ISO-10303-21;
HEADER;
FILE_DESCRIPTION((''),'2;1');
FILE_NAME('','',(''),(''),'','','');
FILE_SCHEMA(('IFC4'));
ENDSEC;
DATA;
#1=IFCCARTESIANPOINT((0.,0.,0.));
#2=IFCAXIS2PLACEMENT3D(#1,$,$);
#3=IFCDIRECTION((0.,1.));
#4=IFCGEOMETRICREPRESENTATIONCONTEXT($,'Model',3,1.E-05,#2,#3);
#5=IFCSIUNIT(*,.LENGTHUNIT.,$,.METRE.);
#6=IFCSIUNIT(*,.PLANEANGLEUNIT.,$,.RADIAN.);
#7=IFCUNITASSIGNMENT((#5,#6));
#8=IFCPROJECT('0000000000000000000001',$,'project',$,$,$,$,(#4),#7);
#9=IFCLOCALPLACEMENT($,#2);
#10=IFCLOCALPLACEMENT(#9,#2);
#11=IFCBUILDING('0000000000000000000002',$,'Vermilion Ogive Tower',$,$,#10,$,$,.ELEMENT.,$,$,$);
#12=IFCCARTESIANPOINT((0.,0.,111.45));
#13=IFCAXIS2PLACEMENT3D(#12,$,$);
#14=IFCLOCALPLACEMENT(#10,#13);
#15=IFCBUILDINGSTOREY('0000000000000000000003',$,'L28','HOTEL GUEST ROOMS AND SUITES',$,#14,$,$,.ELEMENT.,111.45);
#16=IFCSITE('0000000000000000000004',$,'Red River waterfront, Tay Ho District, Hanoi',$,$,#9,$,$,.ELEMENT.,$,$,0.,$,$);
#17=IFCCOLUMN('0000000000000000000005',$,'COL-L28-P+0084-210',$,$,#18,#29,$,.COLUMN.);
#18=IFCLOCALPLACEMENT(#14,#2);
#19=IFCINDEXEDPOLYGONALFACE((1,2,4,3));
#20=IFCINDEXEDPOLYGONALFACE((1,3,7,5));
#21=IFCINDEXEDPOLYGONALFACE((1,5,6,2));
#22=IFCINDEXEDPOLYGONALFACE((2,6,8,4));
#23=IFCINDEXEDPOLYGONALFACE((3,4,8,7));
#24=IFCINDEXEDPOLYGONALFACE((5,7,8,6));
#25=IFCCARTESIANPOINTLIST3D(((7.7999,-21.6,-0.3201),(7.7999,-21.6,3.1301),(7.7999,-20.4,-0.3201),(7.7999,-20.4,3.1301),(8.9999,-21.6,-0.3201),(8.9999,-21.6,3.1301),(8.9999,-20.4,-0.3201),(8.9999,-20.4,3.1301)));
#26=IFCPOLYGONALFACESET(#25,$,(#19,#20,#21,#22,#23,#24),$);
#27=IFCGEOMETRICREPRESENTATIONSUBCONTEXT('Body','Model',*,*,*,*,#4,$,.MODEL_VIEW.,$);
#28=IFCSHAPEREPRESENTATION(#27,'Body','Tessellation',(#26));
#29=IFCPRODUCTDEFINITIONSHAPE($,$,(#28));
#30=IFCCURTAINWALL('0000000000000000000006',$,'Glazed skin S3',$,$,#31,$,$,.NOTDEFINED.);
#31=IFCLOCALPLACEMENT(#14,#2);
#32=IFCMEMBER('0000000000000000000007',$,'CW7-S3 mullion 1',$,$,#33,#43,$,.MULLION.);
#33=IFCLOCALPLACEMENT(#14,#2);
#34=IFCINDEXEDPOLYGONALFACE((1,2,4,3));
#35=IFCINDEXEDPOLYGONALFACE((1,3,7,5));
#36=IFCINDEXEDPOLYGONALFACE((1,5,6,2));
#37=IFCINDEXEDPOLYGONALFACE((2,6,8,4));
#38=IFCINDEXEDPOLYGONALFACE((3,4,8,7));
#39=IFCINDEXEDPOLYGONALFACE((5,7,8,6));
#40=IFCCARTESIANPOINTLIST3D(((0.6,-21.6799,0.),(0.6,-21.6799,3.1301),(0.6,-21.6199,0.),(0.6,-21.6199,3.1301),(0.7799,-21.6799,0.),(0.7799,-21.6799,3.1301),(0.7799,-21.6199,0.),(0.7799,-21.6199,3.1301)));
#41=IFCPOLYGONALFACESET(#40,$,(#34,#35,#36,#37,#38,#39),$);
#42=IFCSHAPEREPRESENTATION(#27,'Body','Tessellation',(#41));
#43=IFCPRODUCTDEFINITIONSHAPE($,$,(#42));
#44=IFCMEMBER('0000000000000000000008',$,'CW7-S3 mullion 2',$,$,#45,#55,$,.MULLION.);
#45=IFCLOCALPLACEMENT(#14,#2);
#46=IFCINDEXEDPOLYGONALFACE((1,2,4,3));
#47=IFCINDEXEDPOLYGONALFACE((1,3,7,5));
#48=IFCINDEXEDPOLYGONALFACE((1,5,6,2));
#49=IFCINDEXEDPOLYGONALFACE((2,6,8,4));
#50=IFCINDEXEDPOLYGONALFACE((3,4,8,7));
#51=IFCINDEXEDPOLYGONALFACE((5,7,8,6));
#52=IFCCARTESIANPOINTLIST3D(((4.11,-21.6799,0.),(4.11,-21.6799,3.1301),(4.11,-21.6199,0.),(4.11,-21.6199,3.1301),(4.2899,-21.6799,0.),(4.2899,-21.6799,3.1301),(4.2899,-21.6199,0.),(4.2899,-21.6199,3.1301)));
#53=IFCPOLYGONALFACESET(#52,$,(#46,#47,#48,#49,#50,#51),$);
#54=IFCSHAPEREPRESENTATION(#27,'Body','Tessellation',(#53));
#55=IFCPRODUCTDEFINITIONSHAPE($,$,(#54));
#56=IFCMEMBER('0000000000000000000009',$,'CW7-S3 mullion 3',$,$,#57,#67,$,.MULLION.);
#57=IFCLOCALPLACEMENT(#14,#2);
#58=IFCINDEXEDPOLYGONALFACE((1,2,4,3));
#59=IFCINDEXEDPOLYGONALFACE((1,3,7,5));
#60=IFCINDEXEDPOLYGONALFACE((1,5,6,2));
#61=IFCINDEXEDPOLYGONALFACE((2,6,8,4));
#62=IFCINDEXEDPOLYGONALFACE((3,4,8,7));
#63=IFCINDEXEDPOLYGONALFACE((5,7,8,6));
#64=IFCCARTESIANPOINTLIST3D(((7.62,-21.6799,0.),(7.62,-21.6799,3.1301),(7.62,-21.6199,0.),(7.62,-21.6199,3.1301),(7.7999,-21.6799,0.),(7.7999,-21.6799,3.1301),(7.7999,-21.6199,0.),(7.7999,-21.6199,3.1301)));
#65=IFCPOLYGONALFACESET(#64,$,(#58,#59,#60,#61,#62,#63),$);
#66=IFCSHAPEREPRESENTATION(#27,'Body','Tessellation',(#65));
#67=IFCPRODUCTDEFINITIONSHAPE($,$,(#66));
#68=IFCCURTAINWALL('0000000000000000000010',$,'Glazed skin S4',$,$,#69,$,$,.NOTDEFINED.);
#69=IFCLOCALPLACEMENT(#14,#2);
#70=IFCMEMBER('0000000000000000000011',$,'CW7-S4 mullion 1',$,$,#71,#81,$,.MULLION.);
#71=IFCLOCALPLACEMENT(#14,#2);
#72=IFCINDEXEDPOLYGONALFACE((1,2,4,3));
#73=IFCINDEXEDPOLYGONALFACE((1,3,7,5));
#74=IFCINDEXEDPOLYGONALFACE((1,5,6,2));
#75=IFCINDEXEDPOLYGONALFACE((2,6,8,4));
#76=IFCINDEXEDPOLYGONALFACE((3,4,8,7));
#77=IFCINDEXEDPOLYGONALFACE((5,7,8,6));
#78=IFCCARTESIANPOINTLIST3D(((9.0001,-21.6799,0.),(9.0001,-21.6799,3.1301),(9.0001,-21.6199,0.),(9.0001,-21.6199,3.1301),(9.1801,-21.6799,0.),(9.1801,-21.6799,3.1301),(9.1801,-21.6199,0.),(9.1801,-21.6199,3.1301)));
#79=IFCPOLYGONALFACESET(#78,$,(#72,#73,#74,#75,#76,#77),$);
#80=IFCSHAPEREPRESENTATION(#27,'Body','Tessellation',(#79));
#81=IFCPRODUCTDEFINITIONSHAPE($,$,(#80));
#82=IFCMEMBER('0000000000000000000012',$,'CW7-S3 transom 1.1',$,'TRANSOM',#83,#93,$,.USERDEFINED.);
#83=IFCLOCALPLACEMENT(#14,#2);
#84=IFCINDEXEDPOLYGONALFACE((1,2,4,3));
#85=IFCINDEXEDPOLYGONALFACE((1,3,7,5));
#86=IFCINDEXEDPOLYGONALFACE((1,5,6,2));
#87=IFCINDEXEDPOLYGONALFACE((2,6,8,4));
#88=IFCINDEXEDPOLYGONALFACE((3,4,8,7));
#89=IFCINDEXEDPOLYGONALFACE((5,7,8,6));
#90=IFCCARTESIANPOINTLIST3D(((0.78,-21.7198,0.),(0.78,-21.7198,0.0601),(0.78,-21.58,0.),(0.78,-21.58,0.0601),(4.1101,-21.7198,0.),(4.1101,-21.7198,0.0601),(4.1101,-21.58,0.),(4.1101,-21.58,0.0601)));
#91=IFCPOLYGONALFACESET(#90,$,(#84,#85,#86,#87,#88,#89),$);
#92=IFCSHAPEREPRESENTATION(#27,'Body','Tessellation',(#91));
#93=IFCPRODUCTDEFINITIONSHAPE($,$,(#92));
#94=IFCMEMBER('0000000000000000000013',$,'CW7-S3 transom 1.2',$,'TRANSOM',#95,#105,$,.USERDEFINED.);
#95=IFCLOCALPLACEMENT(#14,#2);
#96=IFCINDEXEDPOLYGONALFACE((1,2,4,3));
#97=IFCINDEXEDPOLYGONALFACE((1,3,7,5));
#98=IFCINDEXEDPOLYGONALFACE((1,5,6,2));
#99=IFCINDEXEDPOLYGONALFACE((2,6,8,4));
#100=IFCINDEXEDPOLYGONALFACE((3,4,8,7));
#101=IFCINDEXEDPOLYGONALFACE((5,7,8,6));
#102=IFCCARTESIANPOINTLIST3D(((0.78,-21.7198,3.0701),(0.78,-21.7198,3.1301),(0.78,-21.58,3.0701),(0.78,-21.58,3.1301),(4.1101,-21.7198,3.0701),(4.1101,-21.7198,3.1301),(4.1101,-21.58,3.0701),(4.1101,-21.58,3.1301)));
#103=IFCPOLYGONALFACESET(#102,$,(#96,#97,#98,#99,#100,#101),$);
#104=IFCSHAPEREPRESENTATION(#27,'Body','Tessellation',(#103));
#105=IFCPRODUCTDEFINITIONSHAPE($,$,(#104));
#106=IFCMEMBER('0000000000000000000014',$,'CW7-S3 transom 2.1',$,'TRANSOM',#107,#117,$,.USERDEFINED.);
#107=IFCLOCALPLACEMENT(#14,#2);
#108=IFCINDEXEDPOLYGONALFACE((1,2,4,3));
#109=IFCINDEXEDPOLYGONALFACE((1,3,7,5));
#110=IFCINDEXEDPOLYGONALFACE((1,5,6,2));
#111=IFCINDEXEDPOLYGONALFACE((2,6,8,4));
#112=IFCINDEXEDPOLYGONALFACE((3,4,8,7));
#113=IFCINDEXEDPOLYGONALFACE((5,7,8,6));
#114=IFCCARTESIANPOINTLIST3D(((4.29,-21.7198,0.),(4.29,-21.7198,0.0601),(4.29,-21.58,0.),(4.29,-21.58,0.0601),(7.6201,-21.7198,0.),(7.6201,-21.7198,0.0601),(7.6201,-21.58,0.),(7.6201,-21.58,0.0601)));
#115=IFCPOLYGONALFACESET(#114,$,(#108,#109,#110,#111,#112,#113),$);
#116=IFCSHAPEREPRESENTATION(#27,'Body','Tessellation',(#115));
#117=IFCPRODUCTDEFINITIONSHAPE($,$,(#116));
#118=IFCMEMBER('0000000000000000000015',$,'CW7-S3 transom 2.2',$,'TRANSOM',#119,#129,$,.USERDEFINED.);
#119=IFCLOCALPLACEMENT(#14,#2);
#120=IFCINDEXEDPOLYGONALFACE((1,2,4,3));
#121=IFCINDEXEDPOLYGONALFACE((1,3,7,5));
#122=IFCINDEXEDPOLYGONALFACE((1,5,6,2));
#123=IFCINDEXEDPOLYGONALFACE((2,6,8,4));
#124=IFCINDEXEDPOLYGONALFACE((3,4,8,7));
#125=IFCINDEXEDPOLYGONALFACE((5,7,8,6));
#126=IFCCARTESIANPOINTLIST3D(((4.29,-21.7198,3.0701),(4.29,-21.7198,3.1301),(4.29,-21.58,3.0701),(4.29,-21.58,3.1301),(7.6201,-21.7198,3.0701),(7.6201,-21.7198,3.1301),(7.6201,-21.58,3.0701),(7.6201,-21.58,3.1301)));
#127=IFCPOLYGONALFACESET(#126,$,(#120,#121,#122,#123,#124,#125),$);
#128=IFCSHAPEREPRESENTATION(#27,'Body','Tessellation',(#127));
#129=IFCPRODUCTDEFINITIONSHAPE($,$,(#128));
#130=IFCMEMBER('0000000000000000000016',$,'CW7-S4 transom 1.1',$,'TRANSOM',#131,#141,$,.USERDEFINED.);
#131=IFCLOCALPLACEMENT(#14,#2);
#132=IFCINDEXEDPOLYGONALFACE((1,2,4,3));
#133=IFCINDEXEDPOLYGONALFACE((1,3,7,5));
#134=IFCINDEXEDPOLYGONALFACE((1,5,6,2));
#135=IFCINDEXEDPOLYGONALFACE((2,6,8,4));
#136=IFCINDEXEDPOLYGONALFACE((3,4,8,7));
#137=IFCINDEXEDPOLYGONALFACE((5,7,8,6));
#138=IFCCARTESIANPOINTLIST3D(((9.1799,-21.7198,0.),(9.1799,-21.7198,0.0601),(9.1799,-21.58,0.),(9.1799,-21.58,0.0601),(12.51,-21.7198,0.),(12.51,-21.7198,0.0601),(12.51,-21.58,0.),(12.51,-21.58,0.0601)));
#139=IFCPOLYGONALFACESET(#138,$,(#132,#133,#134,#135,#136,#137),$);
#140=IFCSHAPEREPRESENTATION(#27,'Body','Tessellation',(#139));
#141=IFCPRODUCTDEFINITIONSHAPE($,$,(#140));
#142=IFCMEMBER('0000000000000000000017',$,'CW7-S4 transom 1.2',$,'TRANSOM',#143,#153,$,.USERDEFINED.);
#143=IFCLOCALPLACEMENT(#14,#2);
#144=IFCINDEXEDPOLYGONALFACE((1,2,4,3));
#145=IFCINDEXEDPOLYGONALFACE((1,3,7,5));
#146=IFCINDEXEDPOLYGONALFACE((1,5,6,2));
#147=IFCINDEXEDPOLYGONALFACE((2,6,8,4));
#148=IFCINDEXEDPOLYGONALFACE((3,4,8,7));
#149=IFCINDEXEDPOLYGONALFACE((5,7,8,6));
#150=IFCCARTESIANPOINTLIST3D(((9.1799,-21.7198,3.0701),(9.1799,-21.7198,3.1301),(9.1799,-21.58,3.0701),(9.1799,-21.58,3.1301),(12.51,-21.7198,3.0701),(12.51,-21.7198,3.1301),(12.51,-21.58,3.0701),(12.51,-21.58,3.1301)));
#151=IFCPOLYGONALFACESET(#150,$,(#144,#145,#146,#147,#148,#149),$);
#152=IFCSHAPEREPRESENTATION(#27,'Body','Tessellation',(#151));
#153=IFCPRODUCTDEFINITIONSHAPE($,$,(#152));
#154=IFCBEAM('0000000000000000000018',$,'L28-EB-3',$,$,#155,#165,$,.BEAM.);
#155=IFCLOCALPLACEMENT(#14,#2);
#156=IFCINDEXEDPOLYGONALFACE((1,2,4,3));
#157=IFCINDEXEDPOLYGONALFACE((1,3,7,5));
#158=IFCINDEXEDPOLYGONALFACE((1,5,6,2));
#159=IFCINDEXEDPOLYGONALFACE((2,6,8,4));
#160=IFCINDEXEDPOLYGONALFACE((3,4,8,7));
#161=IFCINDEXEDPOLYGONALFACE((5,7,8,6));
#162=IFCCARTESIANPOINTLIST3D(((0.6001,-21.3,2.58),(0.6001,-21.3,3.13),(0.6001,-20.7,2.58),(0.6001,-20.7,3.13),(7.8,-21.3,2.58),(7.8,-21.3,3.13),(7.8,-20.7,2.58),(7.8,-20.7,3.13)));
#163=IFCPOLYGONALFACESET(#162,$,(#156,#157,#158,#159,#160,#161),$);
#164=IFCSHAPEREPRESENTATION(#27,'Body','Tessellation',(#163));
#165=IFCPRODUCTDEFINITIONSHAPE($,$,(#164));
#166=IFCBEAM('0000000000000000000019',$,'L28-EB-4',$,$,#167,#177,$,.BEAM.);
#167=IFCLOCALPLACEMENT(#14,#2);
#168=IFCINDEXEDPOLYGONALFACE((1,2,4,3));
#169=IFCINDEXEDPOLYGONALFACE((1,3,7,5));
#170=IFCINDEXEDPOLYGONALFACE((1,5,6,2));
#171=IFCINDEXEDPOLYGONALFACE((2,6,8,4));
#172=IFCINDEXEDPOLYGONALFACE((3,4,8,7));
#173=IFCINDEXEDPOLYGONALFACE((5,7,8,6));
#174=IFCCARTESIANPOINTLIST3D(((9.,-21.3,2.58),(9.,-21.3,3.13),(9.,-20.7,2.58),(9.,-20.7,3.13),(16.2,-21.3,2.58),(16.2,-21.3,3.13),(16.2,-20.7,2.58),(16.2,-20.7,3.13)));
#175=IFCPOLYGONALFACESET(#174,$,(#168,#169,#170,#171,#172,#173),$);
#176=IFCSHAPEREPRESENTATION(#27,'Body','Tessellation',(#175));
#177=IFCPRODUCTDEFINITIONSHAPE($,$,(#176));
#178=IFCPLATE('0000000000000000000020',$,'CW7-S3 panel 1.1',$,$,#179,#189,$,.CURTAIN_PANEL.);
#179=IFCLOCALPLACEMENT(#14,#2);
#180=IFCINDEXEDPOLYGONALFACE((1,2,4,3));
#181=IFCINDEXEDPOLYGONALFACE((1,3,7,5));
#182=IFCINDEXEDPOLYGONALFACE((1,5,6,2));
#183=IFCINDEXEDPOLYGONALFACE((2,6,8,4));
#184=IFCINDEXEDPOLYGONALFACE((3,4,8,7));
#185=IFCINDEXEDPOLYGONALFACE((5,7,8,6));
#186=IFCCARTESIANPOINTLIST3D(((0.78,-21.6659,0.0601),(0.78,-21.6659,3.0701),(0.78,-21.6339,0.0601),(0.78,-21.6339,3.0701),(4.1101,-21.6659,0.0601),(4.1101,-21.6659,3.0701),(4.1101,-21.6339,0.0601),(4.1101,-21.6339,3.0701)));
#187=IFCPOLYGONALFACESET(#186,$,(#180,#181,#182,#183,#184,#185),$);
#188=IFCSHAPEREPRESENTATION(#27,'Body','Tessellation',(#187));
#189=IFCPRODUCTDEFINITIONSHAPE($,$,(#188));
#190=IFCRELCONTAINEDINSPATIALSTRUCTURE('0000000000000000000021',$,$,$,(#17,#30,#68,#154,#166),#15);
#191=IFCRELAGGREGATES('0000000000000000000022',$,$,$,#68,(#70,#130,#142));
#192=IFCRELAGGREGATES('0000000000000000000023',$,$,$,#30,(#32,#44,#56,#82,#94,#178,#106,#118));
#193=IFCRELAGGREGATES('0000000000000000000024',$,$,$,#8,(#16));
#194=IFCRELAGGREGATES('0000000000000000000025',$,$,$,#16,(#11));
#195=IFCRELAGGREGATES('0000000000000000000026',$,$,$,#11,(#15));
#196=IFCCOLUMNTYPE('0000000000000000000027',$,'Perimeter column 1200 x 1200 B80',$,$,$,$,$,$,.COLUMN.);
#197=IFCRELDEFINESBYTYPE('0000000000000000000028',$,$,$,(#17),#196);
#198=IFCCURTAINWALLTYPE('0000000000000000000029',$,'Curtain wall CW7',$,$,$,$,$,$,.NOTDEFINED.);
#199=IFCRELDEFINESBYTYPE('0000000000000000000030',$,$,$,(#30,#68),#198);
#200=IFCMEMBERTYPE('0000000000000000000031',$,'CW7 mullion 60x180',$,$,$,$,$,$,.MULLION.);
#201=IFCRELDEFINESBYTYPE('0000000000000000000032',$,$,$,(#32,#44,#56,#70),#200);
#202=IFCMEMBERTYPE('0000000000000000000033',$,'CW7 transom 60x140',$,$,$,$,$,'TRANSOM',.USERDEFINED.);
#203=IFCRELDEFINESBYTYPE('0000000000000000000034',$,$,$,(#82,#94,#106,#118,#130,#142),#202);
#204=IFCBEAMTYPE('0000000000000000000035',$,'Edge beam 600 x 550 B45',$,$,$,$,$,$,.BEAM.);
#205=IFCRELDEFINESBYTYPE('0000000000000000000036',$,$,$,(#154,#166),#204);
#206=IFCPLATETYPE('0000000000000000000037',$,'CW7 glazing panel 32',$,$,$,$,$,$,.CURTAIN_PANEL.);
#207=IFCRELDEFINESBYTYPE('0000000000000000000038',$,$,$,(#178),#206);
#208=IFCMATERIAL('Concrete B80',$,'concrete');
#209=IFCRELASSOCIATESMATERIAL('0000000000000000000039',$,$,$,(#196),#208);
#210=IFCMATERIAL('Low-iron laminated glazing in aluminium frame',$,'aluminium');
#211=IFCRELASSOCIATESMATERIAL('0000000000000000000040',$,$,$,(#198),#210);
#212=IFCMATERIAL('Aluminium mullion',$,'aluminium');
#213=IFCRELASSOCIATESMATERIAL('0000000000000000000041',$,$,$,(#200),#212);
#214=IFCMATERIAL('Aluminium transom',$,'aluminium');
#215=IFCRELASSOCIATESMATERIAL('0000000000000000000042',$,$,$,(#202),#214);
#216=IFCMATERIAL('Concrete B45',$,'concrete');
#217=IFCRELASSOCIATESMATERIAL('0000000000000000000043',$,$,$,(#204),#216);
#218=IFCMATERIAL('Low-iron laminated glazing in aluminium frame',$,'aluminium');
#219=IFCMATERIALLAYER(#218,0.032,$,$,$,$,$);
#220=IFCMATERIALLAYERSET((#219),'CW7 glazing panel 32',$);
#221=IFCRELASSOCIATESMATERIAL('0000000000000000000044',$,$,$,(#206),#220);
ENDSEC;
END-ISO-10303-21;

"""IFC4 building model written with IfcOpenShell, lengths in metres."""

from ifc_helpers import new_model, si_unit, direction, frame, origin, origin_2d, place, context, subcontext, project, spatial, rectangle, extrude, material, layer, layer_set, material_profile, profile_set, type_object, element, aggregate, save


model = new_model("IFC4")

# Units and contexts
model_context = context("Model", 3, precision=1e-05, world=origin(), true_north=direction((0.0, 1.0)))
body_context = subcontext(model_context, "Body", "Model", "MODEL_VIEW")
ifc_project = project(units=[si_unit("LENGTHUNIT", "METRE"), si_unit("PLANEANGLEUNIT", "RADIAN")], contexts=[model_context])

# Site, building, storey
site_placement = place(None, origin())
site = spatial("IfcSite", under=ifc_project, at=site_placement, Name="Red River waterfront, Tay Ho District, Hanoi", CompositionType="ELEMENT", RefElevation=0.0)
building_placement = place(site_placement, origin())
building = spatial("IfcBuilding", under=site, at=building_placement, Name="Vermilion Ogive Tower", CompositionType="ELEMENT")
storey_placement = place(building_placement, frame((0.0, 0.0, 111.45)))
storey = spatial("IfcBuildingStorey", under=building, at=storey_placement, Name="L28", Description="HOTEL GUEST ROOMS AND SUITES", CompositionType="ELEMENT", Elevation=111.45)

# Column
ifc_material_1 = material(Name="Concrete B80", Category="concrete")
ifc_material_profile_1 = material_profile(ifc_material_1, rectangle(XDim=1.2, YDim=1.2, at=origin_2d()), Name="1200 x 1200")
ifc_profile_set_1 = profile_set([ifc_material_profile_1], Name="Concrete B80")
column_type = type_object("IfcColumnType", Name="Perimeter column 1200 x 1200 B80", PredefinedType="COLUMN", material=ifc_profile_set_1)
column_placement = place(storey_placement, frame((8.3999, -21.0, -0.3201), z_axis=(0.0, 0.0, 1.0), x_axis=(1.0, 0.0, 0.0)))
element("IfcColumn", 1, at=column_placement, inside=storey, type_object=column_type, Name="COL-L28-P+0084-210", PredefinedType="COLUMN", context=body_context, shape_type="SweptSolid", body=[
    extrude(rectangle(XDim=1.2, YDim=1.2, at=origin_2d()), origin(), (0.0, 0.0, 1.0), 3.4502),
])

# Curtain wall, members
ifc_material_2 = material(Name="Low-iron laminated glazing in aluminium frame", Category="aluminium")
curtain_wall_type = type_object("IfcCurtainWallType", Name="Curtain wall CW7", PredefinedType="NOTDEFINED", material=ifc_material_2)
curtain_wall_1_placement = place(storey_placement, origin())
curtain_wall_1 = element("IfcCurtainWall", 2, at=curtain_wall_1_placement, inside=storey, type_object=curtain_wall_type, Name="Glazed skin S3", PredefinedType="NOTDEFINED")
ifc_material_3 = material(Name="Aluminium mullion", Category="aluminium")
ifc_material_profile_2 = material_profile(ifc_material_3, rectangle(XDim=0.0601, YDim=0.1799, at=origin_2d()), Name="AL 60x180")
ifc_profile_set_2 = profile_set([ifc_material_profile_2], Name="Aluminium mullion")
member_type_1 = type_object("IfcMemberType", Name="CW7 mullion 60x180", PredefinedType="MULLION", material=ifc_profile_set_2)
member_1_placement = place(storey_placement, frame((0.6899, -21.6499, 0.0), z_axis=(0.0, 0.0, 1.0), x_axis=(0.0, 1.0, 0.0)))
member_1 = element("IfcMember", 3, at=member_1_placement, type_object=member_type_1, Name="CW7-S3 mullion 1", PredefinedType="MULLION", context=body_context, shape_type="SweptSolid", body=[
    extrude(rectangle(XDim=0.0601, YDim=0.1799, at=origin_2d()), origin(), (0.0, 0.0, 1.0), 3.1301),
])
member_2_placement = place(storey_placement, frame((4.2, -21.6499, 0.0), z_axis=(0.0, 0.0, 1.0), x_axis=(0.0, 1.0, 0.0)))
member_2 = element("IfcMember", 4, at=member_2_placement, type_object=member_type_1, Name="CW7-S3 mullion 2", PredefinedType="MULLION", context=body_context, shape_type="SweptSolid", body=[
    extrude(rectangle(XDim=0.0601, YDim=0.1799, at=origin_2d()), origin(), (0.0, 0.0, 1.0), 3.1301),
])
member_3_placement = place(storey_placement, frame((7.71, -21.6499, 0.0), z_axis=(0.0, 0.0, 1.0), x_axis=(0.0, 1.0, 0.0)))
member_3 = element("IfcMember", 5, at=member_3_placement, type_object=member_type_1, Name="CW7-S3 mullion 3", PredefinedType="MULLION", context=body_context, shape_type="SweptSolid", body=[
    extrude(rectangle(XDim=0.0601, YDim=0.1799, at=origin_2d()), origin(), (0.0, 0.0, 1.0), 3.1301),
])

# Curtain wall, member
curtain_wall_2_placement = place(storey_placement, origin())
curtain_wall_2 = element("IfcCurtainWall", 6, at=curtain_wall_2_placement, inside=storey, type_object=curtain_wall_type, Name="Glazed skin S4", PredefinedType="NOTDEFINED")
member_4_placement = place(storey_placement, frame((9.0901, -21.6499, 0.0), z_axis=(0.0, 0.0, 1.0), x_axis=(0.0, 1.0, 0.0)))
member_4 = element("IfcMember", 7, at=member_4_placement, type_object=member_type_1, Name="CW7-S4 mullion 1", PredefinedType="MULLION", context=body_context, shape_type="SweptSolid", body=[
    extrude(rectangle(XDim=0.0601, YDim=0.1799, at=origin_2d()), origin(), (0.0, 0.0, 1.0), 3.1301),
])

# Members
ifc_material_4 = material(Name="Aluminium transom", Category="aluminium")
ifc_material_profile_3 = material_profile(ifc_material_4, rectangle(XDim=0.1399, YDim=0.0601, at=origin_2d()), Name="AL 60x140")
ifc_profile_set_3 = profile_set([ifc_material_profile_3], Name="Aluminium transom")
member_type_2 = type_object("IfcMemberType", Name="CW7 transom 60x140", ElementType="TRANSOM", PredefinedType="USERDEFINED", material=ifc_profile_set_3)
member_5_placement = place(storey_placement, frame((0.78, -21.6499, 0.03), z_axis=(1.0, 0.0, 0.0), x_axis=(0.0, 1.0, 0.0)))
member_5 = element("IfcMember", 8, at=member_5_placement, type_object=member_type_2, Name="CW7-S3 transom 1.1", ObjectType="TRANSOM", PredefinedType="USERDEFINED", context=body_context, shape_type="SweptSolid", body=[
    extrude(rectangle(XDim=0.1399, YDim=0.0601, at=origin_2d()), origin(), (0.0, 0.0, 1.0), 3.3301),
])
member_6_placement = place(storey_placement, frame((0.78, -21.6499, 3.1001), z_axis=(1.0, 0.0, 0.0), x_axis=(0.0, 1.0, 0.0)))
member_6 = element("IfcMember", 9, at=member_6_placement, type_object=member_type_2, Name="CW7-S3 transom 1.2", ObjectType="TRANSOM", PredefinedType="USERDEFINED", context=body_context, shape_type="SweptSolid", body=[
    extrude(rectangle(XDim=0.1399, YDim=0.0601, at=origin_2d()), origin(), (0.0, 0.0, 1.0), 3.3301),
])
member_7_placement = place(storey_placement, frame((4.29, -21.6499, 0.03), z_axis=(1.0, 0.0, 0.0), x_axis=(0.0, 1.0, 0.0)))
member_7 = element("IfcMember", 10, at=member_7_placement, type_object=member_type_2, Name="CW7-S3 transom 2.1", ObjectType="TRANSOM", PredefinedType="USERDEFINED", context=body_context, shape_type="SweptSolid", body=[
    extrude(rectangle(XDim=0.1399, YDim=0.0601, at=origin_2d()), origin(), (0.0, 0.0, 1.0), 3.3301),
])
member_8_placement = place(storey_placement, frame((4.29, -21.6499, 3.1001), z_axis=(1.0, 0.0, 0.0), x_axis=(0.0, 1.0, 0.0)))
member_8 = element("IfcMember", 11, at=member_8_placement, type_object=member_type_2, Name="CW7-S3 transom 2.2", ObjectType="TRANSOM", PredefinedType="USERDEFINED", context=body_context, shape_type="SweptSolid", body=[
    extrude(rectangle(XDim=0.1399, YDim=0.0601, at=origin_2d()), origin(), (0.0, 0.0, 1.0), 3.3301),
])
member_9_placement = place(storey_placement, frame((9.1799, -21.6499, 0.03), z_axis=(1.0, 0.0, 0.0), x_axis=(0.0, 1.0, 0.0)))
member_9 = element("IfcMember", 12, at=member_9_placement, type_object=member_type_2, Name="CW7-S4 transom 1.1", ObjectType="TRANSOM", PredefinedType="USERDEFINED", context=body_context, shape_type="SweptSolid", body=[
    extrude(rectangle(XDim=0.1399, YDim=0.0601, at=origin_2d()), origin(), (0.0, 0.0, 1.0), 3.3301),
])
member_10_placement = place(storey_placement, frame((9.1799, -21.6499, 3.1001), z_axis=(1.0, 0.0, 0.0), x_axis=(0.0, 1.0, 0.0)))
member_10 = element("IfcMember", 13, at=member_10_placement, type_object=member_type_2, Name="CW7-S4 transom 1.2", ObjectType="TRANSOM", PredefinedType="USERDEFINED", context=body_context, shape_type="SweptSolid", body=[
    extrude(rectangle(XDim=0.1399, YDim=0.0601, at=origin_2d()), origin(), (0.0, 0.0, 1.0), 3.3301),
])
aggregate(curtain_wall_2, [member_4, member_9, member_10])

# Beams
ifc_material_5 = material(Name="Concrete B45", Category="concrete")
ifc_material_profile_4 = material_profile(ifc_material_5, rectangle(XDim=0.6001, YDim=0.55, at=origin_2d()), Name="600 x 550")
ifc_profile_set_4 = profile_set([ifc_material_profile_4], Name="Concrete B45")
beam_type = type_object("IfcBeamType", Name="Edge beam 600 x 550 B45", PredefinedType="BEAM", material=ifc_profile_set_4)
for number, where, z_axis, x_axis, name in (
    (14, (0.6001, -21.0, 2.855), (1.0, 0.0, 0.0), (0.0, 1.0, 0.0), "L28-EB-3"),
    (15, (9.0, -21.0, 2.855), (1.0, 0.0, 0.0), (0.0, 1.0, 0.0), "L28-EB-4"),
):
    element("IfcBeam", number, at=place(storey_placement, frame(where, z_axis=z_axis, x_axis=x_axis)), inside=storey, type_object=beam_type, Name=name, PredefinedType="BEAM", context=body_context, shape_type="SweptSolid", body=[
        extrude(rectangle(XDim=0.6001, YDim=0.55, at=origin_2d()), origin(), (0.0, 0.0, 1.0), 7.2),
    ])

# Plate
ifc_material_6 = material(Name="Low-iron laminated glazing in aluminium frame", Category="aluminium")
ifc_layer_1 = layer(ifc_material_6, 0.032)
ifc_layer_set_1 = layer_set([ifc_layer_1], Name="CW7 glazing panel 32")
plate_type = type_object("IfcPlateType", Name="CW7 glazing panel 32", PredefinedType="CURTAIN_PANEL", material=ifc_layer_set_1)
plate_1_placement = place(storey_placement, frame((2.4451, -21.6499, 0.0601), z_axis=(0.0, 0.0, 1.0), x_axis=(1.0, 0.0, 0.0)))
plate_1 = element("IfcPlate", 16, at=plate_1_placement, type_object=plate_type, Name="CW7-S3 panel 1.1", PredefinedType="CURTAIN_PANEL", context=body_context, shape_type="SweptSolid", body=[
    extrude(rectangle(XDim=3.3301, YDim=0.032, at=origin_2d()), origin(), (0.0, 0.0, 1.0), 3.01),
])
aggregate(curtain_wall_1, [member_1, member_2, member_3, member_5, member_6, plate_1, member_7, member_8])

save(model, "model.ifc")
